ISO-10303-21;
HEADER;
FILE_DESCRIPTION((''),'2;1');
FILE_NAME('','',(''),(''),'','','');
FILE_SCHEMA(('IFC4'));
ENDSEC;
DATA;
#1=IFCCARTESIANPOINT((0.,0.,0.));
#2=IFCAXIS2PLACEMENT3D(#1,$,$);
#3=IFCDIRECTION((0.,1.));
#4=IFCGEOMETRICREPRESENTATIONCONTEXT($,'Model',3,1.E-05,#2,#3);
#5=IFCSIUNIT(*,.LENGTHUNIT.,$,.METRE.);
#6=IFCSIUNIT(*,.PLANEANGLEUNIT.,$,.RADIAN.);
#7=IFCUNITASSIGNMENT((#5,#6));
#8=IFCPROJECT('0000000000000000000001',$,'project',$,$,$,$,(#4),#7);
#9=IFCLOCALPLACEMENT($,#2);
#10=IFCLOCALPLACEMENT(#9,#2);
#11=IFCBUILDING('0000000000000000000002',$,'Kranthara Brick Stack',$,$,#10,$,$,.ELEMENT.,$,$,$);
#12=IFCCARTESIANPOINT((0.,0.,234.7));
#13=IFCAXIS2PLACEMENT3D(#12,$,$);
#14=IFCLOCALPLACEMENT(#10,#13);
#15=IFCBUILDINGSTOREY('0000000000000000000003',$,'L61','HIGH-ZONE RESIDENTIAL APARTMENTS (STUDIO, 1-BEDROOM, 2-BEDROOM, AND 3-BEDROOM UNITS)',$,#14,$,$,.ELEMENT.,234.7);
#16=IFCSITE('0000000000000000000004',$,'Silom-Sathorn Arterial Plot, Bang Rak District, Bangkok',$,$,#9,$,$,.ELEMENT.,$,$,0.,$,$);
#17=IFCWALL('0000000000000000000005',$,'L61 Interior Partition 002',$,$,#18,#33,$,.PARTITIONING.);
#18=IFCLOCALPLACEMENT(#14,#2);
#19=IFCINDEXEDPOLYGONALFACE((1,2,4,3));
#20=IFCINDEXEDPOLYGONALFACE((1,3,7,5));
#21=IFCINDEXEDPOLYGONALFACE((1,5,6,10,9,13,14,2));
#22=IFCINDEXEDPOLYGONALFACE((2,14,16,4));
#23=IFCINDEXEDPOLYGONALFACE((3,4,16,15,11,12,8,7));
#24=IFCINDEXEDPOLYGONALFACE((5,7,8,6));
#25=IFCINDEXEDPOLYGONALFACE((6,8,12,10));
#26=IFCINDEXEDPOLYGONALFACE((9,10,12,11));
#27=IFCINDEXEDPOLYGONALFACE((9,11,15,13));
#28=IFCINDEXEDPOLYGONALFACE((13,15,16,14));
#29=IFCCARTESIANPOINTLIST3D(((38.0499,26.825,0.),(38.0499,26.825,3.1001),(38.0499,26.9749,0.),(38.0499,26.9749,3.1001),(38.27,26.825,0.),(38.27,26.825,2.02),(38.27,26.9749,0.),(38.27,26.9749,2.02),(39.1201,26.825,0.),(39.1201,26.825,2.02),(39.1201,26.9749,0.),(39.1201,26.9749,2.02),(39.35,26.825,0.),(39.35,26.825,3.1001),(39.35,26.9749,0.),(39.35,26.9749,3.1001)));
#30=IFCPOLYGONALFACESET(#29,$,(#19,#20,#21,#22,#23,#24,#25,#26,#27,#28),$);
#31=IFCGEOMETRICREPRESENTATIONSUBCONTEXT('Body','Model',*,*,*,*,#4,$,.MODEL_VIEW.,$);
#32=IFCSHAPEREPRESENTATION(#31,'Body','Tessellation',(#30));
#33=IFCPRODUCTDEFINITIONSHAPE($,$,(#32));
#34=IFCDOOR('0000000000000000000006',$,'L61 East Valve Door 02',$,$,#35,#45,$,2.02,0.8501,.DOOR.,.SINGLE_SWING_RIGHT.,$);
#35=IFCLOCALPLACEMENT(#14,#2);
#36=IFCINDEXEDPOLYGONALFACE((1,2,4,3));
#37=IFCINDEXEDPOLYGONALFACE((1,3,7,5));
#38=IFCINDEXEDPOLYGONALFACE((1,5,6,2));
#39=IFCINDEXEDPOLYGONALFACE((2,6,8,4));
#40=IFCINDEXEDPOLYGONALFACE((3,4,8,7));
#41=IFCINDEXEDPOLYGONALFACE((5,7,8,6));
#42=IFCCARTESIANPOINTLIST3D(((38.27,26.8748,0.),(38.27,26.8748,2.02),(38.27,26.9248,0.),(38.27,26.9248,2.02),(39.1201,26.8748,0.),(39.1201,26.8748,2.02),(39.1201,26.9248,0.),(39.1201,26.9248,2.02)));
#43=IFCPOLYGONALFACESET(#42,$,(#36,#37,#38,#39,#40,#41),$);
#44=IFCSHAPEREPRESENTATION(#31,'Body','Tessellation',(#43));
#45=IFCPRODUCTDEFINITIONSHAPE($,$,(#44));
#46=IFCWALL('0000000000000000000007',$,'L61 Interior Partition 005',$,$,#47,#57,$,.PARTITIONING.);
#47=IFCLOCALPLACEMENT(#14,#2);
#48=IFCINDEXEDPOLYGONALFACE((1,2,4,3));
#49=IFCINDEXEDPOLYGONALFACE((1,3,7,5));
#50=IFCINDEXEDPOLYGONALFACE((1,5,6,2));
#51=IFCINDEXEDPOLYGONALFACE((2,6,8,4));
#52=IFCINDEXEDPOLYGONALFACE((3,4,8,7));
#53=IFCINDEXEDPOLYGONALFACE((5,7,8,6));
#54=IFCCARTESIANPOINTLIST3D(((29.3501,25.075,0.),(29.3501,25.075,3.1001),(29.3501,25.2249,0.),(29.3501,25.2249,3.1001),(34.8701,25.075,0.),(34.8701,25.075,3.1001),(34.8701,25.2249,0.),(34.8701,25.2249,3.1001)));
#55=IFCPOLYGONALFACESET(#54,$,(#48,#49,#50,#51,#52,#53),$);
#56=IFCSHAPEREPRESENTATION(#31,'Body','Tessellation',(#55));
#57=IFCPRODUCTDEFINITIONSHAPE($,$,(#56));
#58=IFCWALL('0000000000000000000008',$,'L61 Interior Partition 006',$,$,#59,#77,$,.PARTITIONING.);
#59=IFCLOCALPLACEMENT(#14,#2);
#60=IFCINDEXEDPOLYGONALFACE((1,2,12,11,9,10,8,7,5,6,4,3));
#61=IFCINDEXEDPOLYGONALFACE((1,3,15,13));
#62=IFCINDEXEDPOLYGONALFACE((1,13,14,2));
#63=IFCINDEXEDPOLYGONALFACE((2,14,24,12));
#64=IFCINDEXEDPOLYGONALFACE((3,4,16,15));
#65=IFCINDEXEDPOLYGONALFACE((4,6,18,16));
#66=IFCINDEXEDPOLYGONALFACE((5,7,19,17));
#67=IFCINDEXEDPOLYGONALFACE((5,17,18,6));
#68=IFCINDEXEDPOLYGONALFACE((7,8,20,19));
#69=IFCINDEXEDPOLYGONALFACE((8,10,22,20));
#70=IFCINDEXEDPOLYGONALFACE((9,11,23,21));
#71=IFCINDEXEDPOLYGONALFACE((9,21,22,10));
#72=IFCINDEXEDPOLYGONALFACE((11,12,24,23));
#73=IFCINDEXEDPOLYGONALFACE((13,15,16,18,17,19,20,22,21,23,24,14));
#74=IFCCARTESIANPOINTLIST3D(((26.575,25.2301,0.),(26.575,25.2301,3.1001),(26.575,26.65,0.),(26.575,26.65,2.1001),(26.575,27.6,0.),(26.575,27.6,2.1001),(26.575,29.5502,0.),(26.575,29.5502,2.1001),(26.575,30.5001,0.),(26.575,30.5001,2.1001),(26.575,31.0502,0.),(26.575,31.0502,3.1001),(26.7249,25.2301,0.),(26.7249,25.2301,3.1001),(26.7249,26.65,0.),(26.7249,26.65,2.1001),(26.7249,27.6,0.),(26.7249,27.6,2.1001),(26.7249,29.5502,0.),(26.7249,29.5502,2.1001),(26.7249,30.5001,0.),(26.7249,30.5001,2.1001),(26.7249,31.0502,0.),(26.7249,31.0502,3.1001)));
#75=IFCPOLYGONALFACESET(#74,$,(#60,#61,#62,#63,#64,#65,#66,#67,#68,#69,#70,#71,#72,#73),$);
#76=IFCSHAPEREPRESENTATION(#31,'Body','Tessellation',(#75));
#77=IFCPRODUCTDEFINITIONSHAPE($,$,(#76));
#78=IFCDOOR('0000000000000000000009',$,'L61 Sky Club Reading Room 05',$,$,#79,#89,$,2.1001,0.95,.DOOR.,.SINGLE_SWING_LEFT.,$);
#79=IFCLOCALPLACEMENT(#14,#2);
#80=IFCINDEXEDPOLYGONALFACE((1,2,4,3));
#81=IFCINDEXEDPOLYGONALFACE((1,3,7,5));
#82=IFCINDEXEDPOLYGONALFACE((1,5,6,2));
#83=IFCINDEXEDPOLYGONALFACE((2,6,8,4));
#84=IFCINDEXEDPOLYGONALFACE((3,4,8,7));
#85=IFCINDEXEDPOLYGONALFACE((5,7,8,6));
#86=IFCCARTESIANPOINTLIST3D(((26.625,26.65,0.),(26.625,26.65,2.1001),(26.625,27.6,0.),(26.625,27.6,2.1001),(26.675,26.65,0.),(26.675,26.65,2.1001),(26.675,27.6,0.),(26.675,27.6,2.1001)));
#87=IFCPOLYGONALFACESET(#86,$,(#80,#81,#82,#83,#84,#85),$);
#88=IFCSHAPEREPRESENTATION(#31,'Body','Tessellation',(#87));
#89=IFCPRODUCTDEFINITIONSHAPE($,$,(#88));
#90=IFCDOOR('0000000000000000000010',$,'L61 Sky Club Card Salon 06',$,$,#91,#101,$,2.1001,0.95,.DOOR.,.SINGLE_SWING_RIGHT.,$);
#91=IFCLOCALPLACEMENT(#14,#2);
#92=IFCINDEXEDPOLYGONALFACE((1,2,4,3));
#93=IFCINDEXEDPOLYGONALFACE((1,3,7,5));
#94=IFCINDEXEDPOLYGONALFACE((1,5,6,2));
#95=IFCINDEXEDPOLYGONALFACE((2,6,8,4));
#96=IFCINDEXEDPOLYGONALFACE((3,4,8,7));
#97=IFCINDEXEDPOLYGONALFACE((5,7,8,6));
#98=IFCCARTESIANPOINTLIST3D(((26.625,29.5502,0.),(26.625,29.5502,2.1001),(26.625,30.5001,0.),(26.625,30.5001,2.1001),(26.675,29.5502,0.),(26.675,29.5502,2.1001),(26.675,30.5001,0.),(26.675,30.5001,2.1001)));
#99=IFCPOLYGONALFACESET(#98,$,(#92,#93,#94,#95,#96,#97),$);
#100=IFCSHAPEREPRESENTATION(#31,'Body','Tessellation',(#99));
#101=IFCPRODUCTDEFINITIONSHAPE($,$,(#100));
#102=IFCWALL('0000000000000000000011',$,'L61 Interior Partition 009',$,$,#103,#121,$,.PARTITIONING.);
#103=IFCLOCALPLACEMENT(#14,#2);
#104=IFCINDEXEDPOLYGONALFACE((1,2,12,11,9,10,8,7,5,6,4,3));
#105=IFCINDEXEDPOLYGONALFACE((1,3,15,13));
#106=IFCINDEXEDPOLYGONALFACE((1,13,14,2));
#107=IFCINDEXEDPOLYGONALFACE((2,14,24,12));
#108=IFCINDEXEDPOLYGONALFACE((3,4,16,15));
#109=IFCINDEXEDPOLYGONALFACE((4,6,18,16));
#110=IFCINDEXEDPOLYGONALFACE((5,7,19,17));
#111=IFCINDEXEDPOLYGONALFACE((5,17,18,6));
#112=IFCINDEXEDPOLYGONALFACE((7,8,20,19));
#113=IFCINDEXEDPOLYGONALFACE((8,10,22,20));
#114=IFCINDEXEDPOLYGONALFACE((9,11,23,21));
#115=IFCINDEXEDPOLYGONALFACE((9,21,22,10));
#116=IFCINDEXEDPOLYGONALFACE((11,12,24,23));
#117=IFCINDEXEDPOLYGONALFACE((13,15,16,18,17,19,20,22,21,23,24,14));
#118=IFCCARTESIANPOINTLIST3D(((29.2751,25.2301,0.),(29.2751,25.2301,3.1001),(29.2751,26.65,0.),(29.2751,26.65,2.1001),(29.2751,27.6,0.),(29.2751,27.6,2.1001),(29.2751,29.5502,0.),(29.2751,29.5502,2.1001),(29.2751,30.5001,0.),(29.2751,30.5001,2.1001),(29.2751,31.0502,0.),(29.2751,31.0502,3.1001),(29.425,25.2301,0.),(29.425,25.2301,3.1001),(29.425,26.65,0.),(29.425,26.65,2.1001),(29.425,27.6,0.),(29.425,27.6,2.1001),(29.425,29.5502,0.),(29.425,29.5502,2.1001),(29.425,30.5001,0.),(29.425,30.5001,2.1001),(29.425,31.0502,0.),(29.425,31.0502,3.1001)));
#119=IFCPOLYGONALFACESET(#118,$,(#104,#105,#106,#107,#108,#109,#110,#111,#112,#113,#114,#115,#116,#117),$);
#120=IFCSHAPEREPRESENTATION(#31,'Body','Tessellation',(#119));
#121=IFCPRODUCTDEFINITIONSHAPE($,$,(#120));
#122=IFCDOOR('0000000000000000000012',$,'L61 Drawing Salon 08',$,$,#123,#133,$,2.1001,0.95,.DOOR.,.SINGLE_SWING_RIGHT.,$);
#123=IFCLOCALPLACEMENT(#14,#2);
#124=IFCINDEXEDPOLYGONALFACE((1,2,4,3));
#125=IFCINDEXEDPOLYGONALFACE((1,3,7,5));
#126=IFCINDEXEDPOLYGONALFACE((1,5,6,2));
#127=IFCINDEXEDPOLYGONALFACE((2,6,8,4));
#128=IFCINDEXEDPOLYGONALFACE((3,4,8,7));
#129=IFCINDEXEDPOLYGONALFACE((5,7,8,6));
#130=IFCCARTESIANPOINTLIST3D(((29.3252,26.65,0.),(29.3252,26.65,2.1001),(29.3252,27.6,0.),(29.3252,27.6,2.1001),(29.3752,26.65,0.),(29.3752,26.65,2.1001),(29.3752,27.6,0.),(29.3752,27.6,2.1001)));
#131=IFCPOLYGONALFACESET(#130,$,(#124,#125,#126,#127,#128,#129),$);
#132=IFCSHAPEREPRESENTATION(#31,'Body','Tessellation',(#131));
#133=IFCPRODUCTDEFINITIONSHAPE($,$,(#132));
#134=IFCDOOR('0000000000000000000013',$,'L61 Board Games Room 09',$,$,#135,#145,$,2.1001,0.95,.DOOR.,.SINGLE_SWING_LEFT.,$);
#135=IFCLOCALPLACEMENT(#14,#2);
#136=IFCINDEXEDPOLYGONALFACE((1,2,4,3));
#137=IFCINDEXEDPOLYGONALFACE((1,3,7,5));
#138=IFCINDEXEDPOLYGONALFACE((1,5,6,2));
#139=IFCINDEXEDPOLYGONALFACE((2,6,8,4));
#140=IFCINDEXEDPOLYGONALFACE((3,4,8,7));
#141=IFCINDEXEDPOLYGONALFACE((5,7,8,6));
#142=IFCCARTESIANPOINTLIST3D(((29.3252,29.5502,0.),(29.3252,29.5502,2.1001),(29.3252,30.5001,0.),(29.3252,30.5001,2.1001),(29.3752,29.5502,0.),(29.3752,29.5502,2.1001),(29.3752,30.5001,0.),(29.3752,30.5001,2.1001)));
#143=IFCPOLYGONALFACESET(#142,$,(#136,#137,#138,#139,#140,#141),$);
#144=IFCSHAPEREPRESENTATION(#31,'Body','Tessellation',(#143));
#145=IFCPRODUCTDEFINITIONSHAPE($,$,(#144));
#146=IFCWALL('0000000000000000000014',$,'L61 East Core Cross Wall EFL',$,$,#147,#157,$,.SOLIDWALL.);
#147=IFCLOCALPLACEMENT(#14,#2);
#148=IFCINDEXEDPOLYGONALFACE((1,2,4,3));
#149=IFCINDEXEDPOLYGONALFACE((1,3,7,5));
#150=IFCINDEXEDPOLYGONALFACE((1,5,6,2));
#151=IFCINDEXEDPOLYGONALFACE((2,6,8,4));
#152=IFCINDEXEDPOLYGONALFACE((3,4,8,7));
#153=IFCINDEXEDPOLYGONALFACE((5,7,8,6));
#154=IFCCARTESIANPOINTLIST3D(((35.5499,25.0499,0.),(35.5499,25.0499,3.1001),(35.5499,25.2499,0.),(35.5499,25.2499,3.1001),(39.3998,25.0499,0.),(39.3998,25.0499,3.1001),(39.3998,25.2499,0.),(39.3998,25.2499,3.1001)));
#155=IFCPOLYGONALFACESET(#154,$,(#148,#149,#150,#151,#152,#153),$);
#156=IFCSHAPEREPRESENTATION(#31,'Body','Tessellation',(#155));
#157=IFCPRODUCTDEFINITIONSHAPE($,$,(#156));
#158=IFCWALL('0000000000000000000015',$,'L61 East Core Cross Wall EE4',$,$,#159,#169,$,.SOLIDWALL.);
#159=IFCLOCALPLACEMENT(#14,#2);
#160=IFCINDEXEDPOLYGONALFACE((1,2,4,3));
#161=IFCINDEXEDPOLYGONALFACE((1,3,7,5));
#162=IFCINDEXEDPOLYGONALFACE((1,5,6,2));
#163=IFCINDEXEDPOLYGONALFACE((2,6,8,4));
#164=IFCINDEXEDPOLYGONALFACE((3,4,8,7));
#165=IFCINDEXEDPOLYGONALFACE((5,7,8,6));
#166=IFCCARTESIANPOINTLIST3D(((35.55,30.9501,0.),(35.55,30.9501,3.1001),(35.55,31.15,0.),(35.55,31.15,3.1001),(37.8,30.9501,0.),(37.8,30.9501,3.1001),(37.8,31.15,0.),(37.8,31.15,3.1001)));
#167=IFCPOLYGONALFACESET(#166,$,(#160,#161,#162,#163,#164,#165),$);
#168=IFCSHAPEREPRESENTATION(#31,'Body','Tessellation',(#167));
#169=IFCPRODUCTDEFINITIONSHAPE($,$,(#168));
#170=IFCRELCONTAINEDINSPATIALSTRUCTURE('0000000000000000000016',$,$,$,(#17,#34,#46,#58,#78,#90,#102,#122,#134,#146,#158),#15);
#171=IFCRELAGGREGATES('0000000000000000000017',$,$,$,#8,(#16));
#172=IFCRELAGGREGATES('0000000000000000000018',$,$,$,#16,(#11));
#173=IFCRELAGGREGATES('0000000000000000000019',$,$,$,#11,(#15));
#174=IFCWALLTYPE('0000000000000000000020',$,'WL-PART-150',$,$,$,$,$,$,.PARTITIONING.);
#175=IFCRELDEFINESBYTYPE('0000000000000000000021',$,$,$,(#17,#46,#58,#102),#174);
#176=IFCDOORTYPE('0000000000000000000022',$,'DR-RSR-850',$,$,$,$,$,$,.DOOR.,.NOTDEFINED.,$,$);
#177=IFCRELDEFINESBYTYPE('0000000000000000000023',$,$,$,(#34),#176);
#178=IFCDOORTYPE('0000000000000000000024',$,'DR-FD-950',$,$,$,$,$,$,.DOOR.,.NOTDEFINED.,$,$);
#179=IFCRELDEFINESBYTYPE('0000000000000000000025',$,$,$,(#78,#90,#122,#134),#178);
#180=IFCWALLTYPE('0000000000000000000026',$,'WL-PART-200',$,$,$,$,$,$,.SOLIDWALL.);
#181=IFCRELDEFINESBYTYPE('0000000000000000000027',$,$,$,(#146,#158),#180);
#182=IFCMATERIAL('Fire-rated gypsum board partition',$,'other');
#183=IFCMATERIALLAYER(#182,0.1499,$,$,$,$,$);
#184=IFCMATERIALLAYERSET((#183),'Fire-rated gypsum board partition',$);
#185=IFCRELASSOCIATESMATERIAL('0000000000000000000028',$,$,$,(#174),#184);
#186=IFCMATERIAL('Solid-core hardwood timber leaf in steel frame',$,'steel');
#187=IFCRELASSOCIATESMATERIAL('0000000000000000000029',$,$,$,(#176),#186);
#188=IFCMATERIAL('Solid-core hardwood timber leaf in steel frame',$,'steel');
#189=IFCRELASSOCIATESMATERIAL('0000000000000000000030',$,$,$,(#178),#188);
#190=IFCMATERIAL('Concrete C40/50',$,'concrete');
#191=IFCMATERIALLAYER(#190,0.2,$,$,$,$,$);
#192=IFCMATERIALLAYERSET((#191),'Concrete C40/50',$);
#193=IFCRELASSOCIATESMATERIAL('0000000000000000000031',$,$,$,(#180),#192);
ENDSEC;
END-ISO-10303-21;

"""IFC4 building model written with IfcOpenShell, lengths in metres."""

from ifc_helpers import new_model, si_unit, direction, frame, frame_2d, origin, place, context, subcontext, project, spatial, rectangle, extrude, material, layer, layer_set, type_object, element, fill, save


model = new_model("IFC4")

# Units and contexts
model_context = context("Model", 3, precision=1e-05, world=origin(), true_north=direction((0.0, 1.0)))
body_context = subcontext(model_context, "Body", "Model", "MODEL_VIEW")
ifc_project = project(units=[si_unit("LENGTHUNIT", "METRE"), si_unit("PLANEANGLEUNIT", "RADIAN")], contexts=[model_context])

# Site, building, storey
site_placement = place(None, origin())
site = spatial("IfcSite", under=ifc_project, at=site_placement, Name="Silom-Sathorn Arterial Plot, Bang Rak District, Bangkok", CompositionType="ELEMENT", RefElevation=0.0)
building_placement = place(site_placement, origin())
building = spatial("IfcBuilding", under=site, at=building_placement, Name="Kranthara Brick Stack", CompositionType="ELEMENT")
storey_placement = place(building_placement, frame((0.0, 0.0, 234.7)))
storey = spatial("IfcBuildingStorey", under=building, at=storey_placement, Name="L61", Description="HIGH-ZONE RESIDENTIAL APARTMENTS (STUDIO, 1-BEDROOM, 2-BEDROOM, AND 3-BEDROOM UNITS)", CompositionType="ELEMENT", Elevation=234.7)

# Wall, opening, door
ifc_material_1 = material(Name="Fire-rated gypsum board partition", Category="other")
ifc_layer_1 = layer(ifc_material_1, 0.1499)
ifc_layer_set_1 = layer_set([ifc_layer_1], Name="Fire-rated gypsum board partition")
wall_type_1 = type_object("IfcWallType", Name="WL-PART-150", PredefinedType="PARTITIONING", material=ifc_layer_set_1)
wall_1_placement = place(storey_placement, frame((38.05, 26.8999, 0.0), z_axis=(0.0, 0.0, 1.0), x_axis=(1.0, 0.0, 0.0)))
wall_1 = element("IfcWall", 1, at=wall_1_placement, inside=storey, type_object=wall_type_1, Name="L61 Interior Partition 002", PredefinedType="PARTITIONING", context=body_context, shape_type="SweptSolid", body=[
    extrude(rectangle(XDim=1.3, YDim=0.1499, at=frame_2d((0.6499, 0.0))), origin(), (0.0, 0.0, 1.0), 3.1001),
])
opening_1_placement = place(wall_1_placement, frame((0.22, 0.0, 0.0)))
opening_1 = element("IfcOpeningElement", 2, at=opening_1_placement, cuts=wall_1, PredefinedType="OPENING", context=body_context, shape_type="SweptSolid", body=[
    extrude(rectangle(XDim=0.8501, YDim=2.02, at=frame_2d((0.425, 1.01))), frame((0.0, 0.085, 0.0), z_axis=(0.0, -1.0, 0.0), x_axis=(1.0, 0.0, 0.0)), (0.0, 0.0, 1.0), 0.1699),
])
ifc_material_2 = material(Name="Solid-core hardwood timber leaf in steel frame", Category="steel")
door_type_1 = type_object("IfcDoorType", Name="DR-RSR-850", OperationType="NOTDEFINED", PredefinedType="DOOR", material=ifc_material_2)
door_1_placement = place(opening_1_placement, origin())
door_1 = element("IfcDoor", 3, at=door_1_placement, inside=storey, type_object=door_type_1, Name="L61 East Valve Door 02", OperationType="SINGLE_SWING_RIGHT", OverallHeight=2.02, OverallWidth=0.8501, PredefinedType="DOOR", context=body_context, shape_type="SweptSolid", body=[
    extrude(rectangle(XDim=0.8501, YDim=2.02, at=frame_2d((0.425, 1.01))), frame((0.0, 0.0249, 0.0), z_axis=(0.0, -1.0, 0.0), x_axis=(1.0, 0.0, 0.0)), (0.0, 0.0, 1.0), 0.05),
])
fill(opening_1, door_1)

# Wall
wall_2_placement = place(storey_placement, frame((29.3501, 25.1499, 0.0), z_axis=(0.0, 0.0, 1.0), x_axis=(1.0, 0.0, 0.0)))
element("IfcWall", 4, at=wall_2_placement, inside=storey, type_object=wall_type_1, Name="L61 Interior Partition 005", PredefinedType="PARTITIONING", context=body_context, shape_type="SweptSolid", body=[
    extrude(rectangle(XDim=5.52, YDim=0.1499, at=frame_2d((2.76, 0.0))), origin(), (0.0, 0.0, 1.0), 3.1001),
])

# Walls, openings, doors
wall_3_placement = place(storey_placement, frame((26.6499, 25.23, 0.0), z_axis=(0.0, 0.0, 1.0), x_axis=(0.0, 1.0, 0.0)))
wall_3 = element("IfcWall", 5, at=wall_3_placement, inside=storey, type_object=wall_type_1, Name="L61 Interior Partition 006", PredefinedType="PARTITIONING", context=body_context, shape_type="SweptSolid", body=[
    extrude(rectangle(XDim=5.8201, YDim=0.1499, at=frame_2d((2.9102, 0.0))), origin(), (0.0, 0.0, 1.0), 3.1001),
])
opening_2_placement = place(wall_3_placement, frame((1.4199, 0.0, 0.0)))
opening_2 = element("IfcOpeningElement", 6, at=opening_2_placement, cuts=wall_3, PredefinedType="OPENING", context=body_context, shape_type="SweptSolid", body=[
    extrude(rectangle(XDim=0.95, YDim=2.1001, at=frame_2d((0.4751, 1.05))), frame((0.0, 0.085, 0.0), z_axis=(0.0, -1.0, 0.0), x_axis=(1.0, 0.0, 0.0)), (0.0, 0.0, 1.0), 0.1699),
])
opening_3_placement = place(wall_3_placement, frame((4.3201, 0.0, 0.0)))
opening_3 = element("IfcOpeningElement", 7, at=opening_3_placement, cuts=wall_3, PredefinedType="OPENING", context=body_context, shape_type="SweptSolid", body=[
    extrude(rectangle(XDim=0.95, YDim=2.1001, at=frame_2d((0.4751, 1.05))), frame((0.0, 0.085, 0.0), z_axis=(0.0, -1.0, 0.0), x_axis=(1.0, 0.0, 0.0)), (0.0, 0.0, 1.0), 0.1699),
])
ifc_material_3 = material(Name="Solid-core hardwood timber leaf in steel frame", Category="steel")
door_type_2 = type_object("IfcDoorType", Name="DR-FD-950", OperationType="NOTDEFINED", PredefinedType="DOOR", material=ifc_material_3)
door_2_placement = place(opening_2_placement, origin())
door_2 = element("IfcDoor", 8, at=door_2_placement, inside=storey, type_object=door_type_2, Name="L61 Sky Club Reading Room 05", OperationType="SINGLE_SWING_LEFT", OverallHeight=2.1001, OverallWidth=0.95, PredefinedType="DOOR", context=body_context, shape_type="SweptSolid", body=[
    extrude(rectangle(XDim=0.95, YDim=2.1001, at=frame_2d((0.4751, 1.05))), frame((0.0, 0.0249, 0.0), z_axis=(0.0, -1.0, 0.0), x_axis=(1.0, 0.0, 0.0)), (0.0, 0.0, 1.0), 0.05),
])
fill(opening_2, door_2)
door_3_placement = place(opening_3_placement, origin())
door_3 = element("IfcDoor", 9, at=door_3_placement, inside=storey, type_object=door_type_2, Name="L61 Sky Club Card Salon 06", OperationType="SINGLE_SWING_RIGHT", OverallHeight=2.1001, OverallWidth=0.95, PredefinedType="DOOR", context=body_context, shape_type="SweptSolid", body=[
    extrude(rectangle(XDim=0.95, YDim=2.1001, at=frame_2d((0.4751, 1.05))), frame((0.0, 0.0249, 0.0), z_axis=(0.0, -1.0, 0.0), x_axis=(1.0, 0.0, 0.0)), (0.0, 0.0, 1.0), 0.05),
])
fill(opening_3, door_3)
wall_4_placement = place(storey_placement, frame((29.3501, 25.23, 0.0), z_axis=(0.0, 0.0, 1.0), x_axis=(0.0, 1.0, 0.0)))
wall_4 = element("IfcWall", 10, at=wall_4_placement, inside=storey, type_object=wall_type_1, Name="L61 Interior Partition 009", PredefinedType="PARTITIONING", context=body_context, shape_type="SweptSolid", body=[
    extrude(rectangle(XDim=5.8201, YDim=0.1499, at=frame_2d((2.9102, 0.0))), origin(), (0.0, 0.0, 1.0), 3.1001),
])
opening_4_placement = place(wall_4_placement, frame((1.4199, 0.0, 0.0)))
opening_4 = element("IfcOpeningElement", 11, at=opening_4_placement, cuts=wall_4, PredefinedType="OPENING", context=body_context, shape_type="SweptSolid", body=[
    extrude(rectangle(XDim=0.95, YDim=2.1001, at=frame_2d((0.4751, 1.05))), frame((0.0, 0.085, 0.0), z_axis=(0.0, -1.0, 0.0), x_axis=(1.0, 0.0, 0.0)), (0.0, 0.0, 1.0), 0.1699),
])
opening_5_placement = place(wall_4_placement, frame((4.3201, 0.0, 0.0)))
opening_5 = element("IfcOpeningElement", 12, at=opening_5_placement, cuts=wall_4, PredefinedType="OPENING", context=body_context, shape_type="SweptSolid", body=[
    extrude(rectangle(XDim=0.95, YDim=2.1001, at=frame_2d((0.4751, 1.05))), frame((0.0, 0.085, 0.0), z_axis=(0.0, -1.0, 0.0), x_axis=(1.0, 0.0, 0.0)), (0.0, 0.0, 1.0), 0.1699),
])
door_4_placement = place(opening_4_placement, origin())
door_4 = element("IfcDoor", 13, at=door_4_placement, inside=storey, type_object=door_type_2, Name="L61 Drawing Salon 08", OperationType="SINGLE_SWING_RIGHT", OverallHeight=2.1001, OverallWidth=0.95, PredefinedType="DOOR", context=body_context, shape_type="SweptSolid", body=[
    extrude(rectangle(XDim=0.95, YDim=2.1001, at=frame_2d((0.4751, 1.05))), frame((0.0, 0.0249, 0.0), z_axis=(0.0, -1.0, 0.0), x_axis=(1.0, 0.0, 0.0)), (0.0, 0.0, 1.0), 0.05),
])
fill(opening_4, door_4)
door_5_placement = place(opening_5_placement, origin())
door_5 = element("IfcDoor", 14, at=door_5_placement, inside=storey, type_object=door_type_2, Name="L61 Board Games Room 09", OperationType="SINGLE_SWING_LEFT", OverallHeight=2.1001, OverallWidth=0.95, PredefinedType="DOOR", context=body_context, shape_type="SweptSolid", body=[
    extrude(rectangle(XDim=0.95, YDim=2.1001, at=frame_2d((0.4751, 1.05))), frame((0.0, 0.0249, 0.0), z_axis=(0.0, -1.0, 0.0), x_axis=(1.0, 0.0, 0.0)), (0.0, 0.0, 1.0), 0.05),
])
fill(opening_5, door_5)

# Walls
ifc_material_4 = material(Name="Concrete C40/50", Category="concrete")
ifc_layer_2 = layer(ifc_material_4, 0.2)
ifc_layer_set_2 = layer_set([ifc_layer_2], Name="Concrete C40/50")
wall_type_2 = type_object("IfcWallType", Name="WL-PART-200", PredefinedType="SOLIDWALL", material=ifc_layer_set_2)
wall_5_placement = place(storey_placement, frame((35.55, 25.1499, 0.0), z_axis=(0.0, 0.0, 1.0), x_axis=(1.0, 0.0, 0.0)))
element("IfcWall", 15, at=wall_5_placement, inside=storey, type_object=wall_type_2, Name="L61 East Core Cross Wall EFL", PredefinedType="SOLIDWALL", context=body_context, shape_type="SweptSolid", body=[
    extrude(rectangle(XDim=3.8499, YDim=0.2, at=frame_2d((1.9248, 0.0))), origin(), (0.0, 0.0, 1.0), 3.1001),
])
wall_6_placement = place(storey_placement, frame((35.55, 31.05, 0.0), z_axis=(0.0, 0.0, 1.0), x_axis=(1.0, 0.0, 0.0)))
element("IfcWall", 16, at=wall_6_placement, inside=storey, type_object=wall_type_2, Name="L61 East Core Cross Wall EE4", PredefinedType="SOLIDWALL", context=body_context, shape_type="SweptSolid", body=[
    extrude(rectangle(XDim=2.25, YDim=0.2, at=frame_2d((1.125, 0.0))), origin(), (0.0, 0.0, 1.0), 3.1001),
])

save(model, "model.ifc")
